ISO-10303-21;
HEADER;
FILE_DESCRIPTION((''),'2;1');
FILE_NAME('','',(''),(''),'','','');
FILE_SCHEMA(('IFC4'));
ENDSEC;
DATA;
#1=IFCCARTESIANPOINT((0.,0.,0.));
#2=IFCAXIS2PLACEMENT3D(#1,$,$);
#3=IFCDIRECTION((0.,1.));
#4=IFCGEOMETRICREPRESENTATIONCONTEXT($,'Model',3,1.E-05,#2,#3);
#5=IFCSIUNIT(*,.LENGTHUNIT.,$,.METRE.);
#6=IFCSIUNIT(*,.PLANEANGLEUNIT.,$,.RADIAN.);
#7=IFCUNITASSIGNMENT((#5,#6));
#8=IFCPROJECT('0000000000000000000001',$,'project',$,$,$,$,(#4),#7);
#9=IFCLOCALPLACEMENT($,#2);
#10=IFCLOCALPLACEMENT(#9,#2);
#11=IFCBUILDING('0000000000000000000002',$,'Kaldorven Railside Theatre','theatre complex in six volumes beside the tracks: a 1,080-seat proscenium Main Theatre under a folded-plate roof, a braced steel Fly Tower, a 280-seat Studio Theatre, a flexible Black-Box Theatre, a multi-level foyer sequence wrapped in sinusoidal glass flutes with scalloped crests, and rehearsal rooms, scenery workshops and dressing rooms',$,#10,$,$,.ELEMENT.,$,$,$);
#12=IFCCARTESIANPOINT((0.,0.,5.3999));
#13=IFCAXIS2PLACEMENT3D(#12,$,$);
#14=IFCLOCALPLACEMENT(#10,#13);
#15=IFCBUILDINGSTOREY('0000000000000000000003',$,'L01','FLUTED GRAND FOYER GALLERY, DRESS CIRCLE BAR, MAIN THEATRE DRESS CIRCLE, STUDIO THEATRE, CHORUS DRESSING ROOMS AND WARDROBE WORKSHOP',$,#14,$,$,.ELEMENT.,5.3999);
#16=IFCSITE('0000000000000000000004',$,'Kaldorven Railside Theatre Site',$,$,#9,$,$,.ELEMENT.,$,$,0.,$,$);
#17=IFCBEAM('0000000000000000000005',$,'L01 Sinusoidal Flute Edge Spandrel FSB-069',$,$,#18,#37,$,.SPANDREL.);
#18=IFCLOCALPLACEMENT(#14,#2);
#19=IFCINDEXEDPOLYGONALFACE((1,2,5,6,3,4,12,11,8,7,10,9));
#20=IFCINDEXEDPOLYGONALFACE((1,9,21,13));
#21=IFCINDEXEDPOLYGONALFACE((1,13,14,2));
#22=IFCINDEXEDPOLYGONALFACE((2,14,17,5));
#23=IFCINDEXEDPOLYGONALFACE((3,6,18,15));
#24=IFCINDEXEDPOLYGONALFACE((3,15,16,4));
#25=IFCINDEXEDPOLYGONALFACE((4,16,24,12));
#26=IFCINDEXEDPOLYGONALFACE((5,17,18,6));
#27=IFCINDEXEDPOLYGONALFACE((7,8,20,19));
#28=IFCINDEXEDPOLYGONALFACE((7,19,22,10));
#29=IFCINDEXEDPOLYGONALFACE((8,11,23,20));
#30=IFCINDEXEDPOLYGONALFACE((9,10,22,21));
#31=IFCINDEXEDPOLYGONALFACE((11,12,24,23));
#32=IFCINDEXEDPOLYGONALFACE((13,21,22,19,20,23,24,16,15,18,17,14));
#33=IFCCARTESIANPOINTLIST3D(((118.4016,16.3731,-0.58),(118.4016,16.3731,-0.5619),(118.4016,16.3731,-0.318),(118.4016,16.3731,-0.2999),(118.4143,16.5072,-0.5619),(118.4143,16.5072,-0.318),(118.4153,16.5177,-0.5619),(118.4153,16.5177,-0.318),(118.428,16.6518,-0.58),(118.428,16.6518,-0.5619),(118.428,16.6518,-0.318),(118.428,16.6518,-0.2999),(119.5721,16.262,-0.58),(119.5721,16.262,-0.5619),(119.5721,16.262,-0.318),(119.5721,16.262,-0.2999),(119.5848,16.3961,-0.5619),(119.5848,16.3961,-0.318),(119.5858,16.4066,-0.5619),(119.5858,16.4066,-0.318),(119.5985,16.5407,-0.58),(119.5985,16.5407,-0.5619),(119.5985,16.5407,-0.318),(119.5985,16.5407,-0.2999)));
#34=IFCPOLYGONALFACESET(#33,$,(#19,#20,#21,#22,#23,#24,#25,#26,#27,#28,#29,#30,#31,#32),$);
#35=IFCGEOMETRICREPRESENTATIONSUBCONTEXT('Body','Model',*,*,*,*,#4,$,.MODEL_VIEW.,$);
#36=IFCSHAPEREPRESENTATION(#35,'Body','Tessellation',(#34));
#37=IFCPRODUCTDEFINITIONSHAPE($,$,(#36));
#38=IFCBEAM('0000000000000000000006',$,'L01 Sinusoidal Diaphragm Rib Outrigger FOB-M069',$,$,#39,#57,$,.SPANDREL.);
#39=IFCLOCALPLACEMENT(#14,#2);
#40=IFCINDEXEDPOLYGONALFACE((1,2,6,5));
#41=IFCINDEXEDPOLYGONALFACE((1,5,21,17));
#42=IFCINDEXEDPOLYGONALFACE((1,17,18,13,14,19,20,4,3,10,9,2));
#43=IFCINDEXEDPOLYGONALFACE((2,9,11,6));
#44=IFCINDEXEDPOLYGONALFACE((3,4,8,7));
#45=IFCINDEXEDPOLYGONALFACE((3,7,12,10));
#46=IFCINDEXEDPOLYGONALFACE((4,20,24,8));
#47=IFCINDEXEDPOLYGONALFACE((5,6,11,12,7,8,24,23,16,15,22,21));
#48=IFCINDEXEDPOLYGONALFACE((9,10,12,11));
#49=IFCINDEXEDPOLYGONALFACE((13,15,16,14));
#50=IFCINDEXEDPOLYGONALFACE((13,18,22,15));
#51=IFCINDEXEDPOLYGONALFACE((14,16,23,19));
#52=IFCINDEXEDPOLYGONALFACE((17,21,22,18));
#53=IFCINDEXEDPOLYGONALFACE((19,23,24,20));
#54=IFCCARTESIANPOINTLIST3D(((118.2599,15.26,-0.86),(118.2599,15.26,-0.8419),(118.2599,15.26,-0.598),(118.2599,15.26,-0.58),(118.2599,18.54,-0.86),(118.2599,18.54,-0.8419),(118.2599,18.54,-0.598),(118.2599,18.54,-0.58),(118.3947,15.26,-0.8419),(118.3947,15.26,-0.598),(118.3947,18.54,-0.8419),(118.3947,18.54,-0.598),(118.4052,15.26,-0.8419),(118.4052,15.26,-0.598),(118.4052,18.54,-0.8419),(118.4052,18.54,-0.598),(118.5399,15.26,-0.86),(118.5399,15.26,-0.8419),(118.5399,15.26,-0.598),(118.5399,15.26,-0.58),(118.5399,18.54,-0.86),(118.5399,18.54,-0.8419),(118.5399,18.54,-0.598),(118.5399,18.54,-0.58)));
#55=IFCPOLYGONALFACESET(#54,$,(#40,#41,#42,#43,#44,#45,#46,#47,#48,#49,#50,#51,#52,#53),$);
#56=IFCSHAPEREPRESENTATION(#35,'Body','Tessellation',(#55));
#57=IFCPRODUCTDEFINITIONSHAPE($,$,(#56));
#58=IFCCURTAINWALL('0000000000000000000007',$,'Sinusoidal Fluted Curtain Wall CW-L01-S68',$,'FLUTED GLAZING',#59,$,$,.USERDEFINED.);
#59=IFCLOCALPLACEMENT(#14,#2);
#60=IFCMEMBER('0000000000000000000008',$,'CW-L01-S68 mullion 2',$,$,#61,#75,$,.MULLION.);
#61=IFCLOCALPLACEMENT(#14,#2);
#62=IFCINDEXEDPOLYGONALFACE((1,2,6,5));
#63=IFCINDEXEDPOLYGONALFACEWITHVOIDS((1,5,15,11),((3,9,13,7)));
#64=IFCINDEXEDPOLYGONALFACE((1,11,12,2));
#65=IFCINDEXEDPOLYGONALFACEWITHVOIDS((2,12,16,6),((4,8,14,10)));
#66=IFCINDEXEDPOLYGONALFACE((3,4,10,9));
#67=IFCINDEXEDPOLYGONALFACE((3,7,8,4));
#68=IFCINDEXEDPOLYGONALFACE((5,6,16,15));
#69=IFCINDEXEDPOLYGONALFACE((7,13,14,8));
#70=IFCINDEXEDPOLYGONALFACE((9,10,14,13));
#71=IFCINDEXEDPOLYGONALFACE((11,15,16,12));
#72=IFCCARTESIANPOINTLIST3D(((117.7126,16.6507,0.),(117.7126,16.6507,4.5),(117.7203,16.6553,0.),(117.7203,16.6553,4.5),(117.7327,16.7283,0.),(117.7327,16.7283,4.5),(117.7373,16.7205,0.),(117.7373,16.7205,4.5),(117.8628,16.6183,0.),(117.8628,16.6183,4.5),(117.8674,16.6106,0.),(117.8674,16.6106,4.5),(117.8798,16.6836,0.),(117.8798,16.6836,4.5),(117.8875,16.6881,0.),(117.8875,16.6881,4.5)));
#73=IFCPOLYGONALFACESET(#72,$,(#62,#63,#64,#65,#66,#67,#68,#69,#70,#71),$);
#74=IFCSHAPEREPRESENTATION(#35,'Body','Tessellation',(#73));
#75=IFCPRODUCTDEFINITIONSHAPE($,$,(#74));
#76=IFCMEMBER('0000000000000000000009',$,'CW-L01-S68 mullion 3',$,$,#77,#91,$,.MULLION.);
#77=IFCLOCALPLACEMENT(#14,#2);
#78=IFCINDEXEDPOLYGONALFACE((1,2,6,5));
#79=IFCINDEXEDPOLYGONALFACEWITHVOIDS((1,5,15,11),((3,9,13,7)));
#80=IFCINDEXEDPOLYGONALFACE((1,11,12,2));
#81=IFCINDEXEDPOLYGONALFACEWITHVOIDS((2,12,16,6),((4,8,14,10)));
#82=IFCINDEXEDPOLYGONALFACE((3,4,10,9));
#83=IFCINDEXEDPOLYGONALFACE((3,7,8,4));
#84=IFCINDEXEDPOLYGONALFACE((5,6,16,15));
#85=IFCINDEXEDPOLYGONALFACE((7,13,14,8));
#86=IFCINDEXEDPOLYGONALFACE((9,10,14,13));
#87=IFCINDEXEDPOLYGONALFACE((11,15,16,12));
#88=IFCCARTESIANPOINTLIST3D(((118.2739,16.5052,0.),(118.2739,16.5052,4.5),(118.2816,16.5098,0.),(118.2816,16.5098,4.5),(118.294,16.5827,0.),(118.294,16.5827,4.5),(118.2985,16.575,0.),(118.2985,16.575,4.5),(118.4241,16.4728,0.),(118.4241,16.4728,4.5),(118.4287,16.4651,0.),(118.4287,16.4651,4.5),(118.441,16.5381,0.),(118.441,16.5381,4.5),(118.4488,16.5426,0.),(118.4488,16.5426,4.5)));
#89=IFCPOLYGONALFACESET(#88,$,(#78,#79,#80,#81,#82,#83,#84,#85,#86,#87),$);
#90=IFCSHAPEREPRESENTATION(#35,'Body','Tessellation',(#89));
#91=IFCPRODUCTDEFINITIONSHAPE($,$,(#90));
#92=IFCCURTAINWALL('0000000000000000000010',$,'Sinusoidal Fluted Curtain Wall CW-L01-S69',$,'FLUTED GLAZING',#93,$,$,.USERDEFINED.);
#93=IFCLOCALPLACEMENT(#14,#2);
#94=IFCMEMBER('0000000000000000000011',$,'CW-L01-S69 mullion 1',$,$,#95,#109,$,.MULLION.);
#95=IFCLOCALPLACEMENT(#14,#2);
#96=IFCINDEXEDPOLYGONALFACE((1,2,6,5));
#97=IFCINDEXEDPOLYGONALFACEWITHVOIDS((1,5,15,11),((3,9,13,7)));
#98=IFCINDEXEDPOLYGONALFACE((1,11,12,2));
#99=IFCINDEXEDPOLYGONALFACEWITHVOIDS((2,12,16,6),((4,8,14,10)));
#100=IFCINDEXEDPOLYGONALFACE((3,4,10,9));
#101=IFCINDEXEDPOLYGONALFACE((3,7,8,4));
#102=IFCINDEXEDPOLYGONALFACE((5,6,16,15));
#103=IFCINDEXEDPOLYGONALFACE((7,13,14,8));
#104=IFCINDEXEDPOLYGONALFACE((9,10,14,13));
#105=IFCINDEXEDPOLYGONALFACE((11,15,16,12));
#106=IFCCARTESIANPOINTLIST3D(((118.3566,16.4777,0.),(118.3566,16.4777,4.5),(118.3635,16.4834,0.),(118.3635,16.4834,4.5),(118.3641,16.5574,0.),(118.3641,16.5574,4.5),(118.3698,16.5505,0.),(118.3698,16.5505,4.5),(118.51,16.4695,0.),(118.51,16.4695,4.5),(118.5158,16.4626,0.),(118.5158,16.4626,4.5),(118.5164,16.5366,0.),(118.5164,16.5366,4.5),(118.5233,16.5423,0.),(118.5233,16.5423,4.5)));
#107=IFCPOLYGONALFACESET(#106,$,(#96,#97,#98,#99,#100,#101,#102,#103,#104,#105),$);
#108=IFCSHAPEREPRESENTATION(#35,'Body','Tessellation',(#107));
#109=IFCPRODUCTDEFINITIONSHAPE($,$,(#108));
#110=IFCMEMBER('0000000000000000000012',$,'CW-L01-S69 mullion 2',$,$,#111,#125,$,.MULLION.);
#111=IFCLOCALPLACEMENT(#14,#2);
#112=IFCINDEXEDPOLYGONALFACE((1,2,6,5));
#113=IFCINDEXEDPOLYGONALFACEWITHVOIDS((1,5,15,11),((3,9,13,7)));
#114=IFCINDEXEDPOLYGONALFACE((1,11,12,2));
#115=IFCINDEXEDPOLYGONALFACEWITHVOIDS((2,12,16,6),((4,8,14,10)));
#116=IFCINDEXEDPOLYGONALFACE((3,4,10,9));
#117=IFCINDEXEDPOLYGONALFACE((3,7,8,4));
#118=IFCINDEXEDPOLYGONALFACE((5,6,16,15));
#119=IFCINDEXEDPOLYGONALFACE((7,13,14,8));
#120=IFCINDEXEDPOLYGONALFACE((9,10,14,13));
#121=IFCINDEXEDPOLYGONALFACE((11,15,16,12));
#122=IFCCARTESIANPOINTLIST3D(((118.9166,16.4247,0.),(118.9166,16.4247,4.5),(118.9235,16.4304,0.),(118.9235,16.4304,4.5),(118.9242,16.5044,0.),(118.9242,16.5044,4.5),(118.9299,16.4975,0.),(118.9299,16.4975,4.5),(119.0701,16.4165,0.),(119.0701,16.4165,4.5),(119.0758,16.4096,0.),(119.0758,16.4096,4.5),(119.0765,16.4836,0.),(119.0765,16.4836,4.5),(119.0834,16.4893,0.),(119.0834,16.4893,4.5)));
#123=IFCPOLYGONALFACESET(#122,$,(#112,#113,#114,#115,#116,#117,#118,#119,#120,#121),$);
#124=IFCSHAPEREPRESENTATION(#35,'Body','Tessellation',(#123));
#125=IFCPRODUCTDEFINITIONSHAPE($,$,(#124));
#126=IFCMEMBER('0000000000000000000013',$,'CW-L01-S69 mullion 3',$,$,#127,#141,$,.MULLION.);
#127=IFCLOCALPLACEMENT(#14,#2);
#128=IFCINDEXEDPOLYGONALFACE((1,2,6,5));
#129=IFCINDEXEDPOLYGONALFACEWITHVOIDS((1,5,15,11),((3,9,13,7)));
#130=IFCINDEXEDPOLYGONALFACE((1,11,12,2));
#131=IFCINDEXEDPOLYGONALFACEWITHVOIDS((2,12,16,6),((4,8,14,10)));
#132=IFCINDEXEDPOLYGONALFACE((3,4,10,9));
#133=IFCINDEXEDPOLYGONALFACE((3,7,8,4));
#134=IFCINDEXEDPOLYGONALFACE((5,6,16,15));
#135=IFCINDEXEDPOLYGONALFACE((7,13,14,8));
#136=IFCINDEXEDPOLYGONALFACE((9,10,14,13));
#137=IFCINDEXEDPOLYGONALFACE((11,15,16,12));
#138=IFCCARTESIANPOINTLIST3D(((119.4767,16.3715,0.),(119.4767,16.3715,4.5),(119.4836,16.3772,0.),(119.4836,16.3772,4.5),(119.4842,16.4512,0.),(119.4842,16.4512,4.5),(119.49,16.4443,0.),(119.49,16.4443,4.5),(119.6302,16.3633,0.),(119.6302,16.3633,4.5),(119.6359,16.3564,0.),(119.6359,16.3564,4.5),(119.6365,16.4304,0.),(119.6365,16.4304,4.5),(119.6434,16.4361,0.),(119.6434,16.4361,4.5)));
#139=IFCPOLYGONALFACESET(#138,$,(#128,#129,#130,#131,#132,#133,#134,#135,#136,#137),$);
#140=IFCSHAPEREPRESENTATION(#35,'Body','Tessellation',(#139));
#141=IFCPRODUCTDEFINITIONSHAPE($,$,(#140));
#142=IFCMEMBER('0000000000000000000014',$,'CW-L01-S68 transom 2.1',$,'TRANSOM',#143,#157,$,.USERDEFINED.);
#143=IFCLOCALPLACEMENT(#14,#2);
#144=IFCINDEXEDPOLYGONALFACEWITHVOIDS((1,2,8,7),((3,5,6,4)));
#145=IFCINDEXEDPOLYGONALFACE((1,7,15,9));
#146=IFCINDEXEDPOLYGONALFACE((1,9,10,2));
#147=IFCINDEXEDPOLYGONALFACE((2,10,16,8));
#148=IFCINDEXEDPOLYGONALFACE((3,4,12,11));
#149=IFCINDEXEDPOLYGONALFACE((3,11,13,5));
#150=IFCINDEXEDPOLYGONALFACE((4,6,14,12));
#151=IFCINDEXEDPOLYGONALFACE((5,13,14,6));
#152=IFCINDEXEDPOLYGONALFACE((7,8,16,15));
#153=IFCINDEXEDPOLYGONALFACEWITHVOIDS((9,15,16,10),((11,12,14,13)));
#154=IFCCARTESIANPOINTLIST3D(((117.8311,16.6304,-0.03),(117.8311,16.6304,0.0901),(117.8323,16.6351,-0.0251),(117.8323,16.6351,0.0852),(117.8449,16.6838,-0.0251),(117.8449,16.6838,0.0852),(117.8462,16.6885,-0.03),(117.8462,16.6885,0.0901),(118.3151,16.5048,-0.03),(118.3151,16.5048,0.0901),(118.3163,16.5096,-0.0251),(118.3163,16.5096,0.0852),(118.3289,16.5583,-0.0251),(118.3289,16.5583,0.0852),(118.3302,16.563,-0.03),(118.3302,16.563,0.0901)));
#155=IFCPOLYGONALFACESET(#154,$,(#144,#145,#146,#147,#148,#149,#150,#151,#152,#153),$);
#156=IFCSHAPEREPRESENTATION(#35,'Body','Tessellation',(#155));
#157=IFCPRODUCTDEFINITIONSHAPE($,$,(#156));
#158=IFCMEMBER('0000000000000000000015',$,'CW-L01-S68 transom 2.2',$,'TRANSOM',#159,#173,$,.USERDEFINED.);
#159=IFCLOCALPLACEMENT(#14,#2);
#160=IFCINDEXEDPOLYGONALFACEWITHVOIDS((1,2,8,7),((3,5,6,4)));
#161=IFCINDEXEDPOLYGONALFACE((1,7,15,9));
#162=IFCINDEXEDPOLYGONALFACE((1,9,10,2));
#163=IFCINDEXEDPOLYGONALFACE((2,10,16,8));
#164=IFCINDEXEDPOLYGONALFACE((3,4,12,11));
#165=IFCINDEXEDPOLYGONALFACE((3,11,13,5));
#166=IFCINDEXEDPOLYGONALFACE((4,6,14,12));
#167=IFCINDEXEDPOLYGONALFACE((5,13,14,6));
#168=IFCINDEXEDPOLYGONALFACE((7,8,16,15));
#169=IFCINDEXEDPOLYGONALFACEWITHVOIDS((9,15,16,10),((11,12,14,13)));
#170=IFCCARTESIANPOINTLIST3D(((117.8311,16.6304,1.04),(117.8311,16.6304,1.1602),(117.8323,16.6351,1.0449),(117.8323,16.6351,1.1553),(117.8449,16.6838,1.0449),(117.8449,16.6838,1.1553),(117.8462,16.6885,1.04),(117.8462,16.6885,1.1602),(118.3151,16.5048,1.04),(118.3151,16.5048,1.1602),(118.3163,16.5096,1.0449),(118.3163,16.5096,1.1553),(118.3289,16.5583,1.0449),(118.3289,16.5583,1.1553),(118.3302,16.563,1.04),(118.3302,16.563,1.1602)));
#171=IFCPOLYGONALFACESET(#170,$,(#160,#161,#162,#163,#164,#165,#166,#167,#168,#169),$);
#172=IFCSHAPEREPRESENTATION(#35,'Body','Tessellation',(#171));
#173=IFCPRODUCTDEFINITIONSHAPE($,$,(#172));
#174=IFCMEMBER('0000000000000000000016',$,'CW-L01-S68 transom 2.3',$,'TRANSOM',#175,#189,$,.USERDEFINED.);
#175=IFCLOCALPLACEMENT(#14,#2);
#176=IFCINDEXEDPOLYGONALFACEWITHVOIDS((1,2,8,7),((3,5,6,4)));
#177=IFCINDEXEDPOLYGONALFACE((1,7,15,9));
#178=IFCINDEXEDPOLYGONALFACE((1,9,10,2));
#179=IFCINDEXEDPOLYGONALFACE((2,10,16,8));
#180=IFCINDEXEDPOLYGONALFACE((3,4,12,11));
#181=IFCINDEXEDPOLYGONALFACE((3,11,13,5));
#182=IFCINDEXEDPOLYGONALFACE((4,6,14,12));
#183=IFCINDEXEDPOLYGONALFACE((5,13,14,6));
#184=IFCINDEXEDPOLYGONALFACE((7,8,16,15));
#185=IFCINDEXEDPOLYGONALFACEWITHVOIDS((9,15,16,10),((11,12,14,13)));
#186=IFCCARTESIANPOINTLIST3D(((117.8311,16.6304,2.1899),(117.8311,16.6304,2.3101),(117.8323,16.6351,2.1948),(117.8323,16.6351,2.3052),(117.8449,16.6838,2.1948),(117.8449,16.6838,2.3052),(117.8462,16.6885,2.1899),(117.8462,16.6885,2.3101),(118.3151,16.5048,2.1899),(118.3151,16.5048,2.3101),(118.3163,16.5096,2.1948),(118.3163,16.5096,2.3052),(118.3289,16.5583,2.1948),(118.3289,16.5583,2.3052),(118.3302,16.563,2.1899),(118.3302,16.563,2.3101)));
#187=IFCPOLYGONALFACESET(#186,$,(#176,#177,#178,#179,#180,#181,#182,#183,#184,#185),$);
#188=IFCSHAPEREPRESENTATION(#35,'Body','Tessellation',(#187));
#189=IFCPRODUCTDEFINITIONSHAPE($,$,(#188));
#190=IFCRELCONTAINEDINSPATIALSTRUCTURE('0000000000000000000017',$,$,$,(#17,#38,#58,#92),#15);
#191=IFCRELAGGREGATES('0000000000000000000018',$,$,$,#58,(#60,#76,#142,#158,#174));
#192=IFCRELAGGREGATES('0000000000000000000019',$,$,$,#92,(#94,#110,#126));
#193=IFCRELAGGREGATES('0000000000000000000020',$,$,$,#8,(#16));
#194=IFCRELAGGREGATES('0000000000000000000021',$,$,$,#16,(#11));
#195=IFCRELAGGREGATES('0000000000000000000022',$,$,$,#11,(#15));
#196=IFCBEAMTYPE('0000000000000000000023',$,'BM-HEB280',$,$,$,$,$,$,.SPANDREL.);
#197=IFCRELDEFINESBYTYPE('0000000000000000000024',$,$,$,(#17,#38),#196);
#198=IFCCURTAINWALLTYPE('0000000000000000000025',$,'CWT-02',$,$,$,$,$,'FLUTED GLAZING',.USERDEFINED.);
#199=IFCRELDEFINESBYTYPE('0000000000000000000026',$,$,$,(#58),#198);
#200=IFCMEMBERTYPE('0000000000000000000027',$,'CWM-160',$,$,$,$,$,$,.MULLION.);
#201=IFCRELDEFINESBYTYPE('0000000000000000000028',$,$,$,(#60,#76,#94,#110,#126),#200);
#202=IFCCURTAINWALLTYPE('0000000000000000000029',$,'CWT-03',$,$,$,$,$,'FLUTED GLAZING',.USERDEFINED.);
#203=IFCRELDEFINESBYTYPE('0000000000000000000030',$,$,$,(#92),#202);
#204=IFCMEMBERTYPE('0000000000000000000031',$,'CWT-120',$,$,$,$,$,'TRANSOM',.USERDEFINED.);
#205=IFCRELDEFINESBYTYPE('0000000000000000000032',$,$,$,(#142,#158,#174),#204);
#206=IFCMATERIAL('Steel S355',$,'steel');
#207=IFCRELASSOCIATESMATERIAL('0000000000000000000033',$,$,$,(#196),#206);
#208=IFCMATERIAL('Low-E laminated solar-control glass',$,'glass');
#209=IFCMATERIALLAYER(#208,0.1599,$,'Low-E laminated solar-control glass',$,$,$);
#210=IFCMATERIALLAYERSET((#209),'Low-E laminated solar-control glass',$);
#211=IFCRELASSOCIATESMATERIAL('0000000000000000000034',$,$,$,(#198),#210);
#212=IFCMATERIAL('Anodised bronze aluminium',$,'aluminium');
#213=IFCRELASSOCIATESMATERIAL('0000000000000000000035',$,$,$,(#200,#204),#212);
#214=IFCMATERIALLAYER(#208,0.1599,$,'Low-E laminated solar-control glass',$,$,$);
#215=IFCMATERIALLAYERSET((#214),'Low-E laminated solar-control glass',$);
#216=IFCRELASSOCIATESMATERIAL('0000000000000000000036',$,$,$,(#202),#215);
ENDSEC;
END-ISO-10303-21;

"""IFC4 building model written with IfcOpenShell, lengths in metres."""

from ifc_helpers import new_model, si_unit, direction, frame, origin, origin_2d, place, context, subcontext, project, spatial, hollow_rectangle, i_section, extrude, material, layer, layer_set, material_profile, profile_set, type_object, element, aggregate, save


model = new_model("IFC4")

# Units and contexts
model_context = context("Model", 3, precision=1e-05, world=origin(), true_north=direction((0.0, 1.0)))
body_context = subcontext(model_context, "Body", "Model", "MODEL_VIEW")
ifc_project = project(units=[si_unit("LENGTHUNIT", "METRE"), si_unit("PLANEANGLEUNIT", "RADIAN")], contexts=[model_context])

# Site, building, storey
site_placement = place(None, origin())
site = spatial("IfcSite", under=ifc_project, at=site_placement, Name="Kaldorven Railside Theatre Site", CompositionType="ELEMENT", RefElevation=0.0)
building_placement = place(site_placement, origin())
building = spatial("IfcBuilding", under=site, at=building_placement, Name="Kaldorven Railside Theatre", Description="theatre complex in six volumes beside the tracks: a 1,080-seat proscenium Main Theatre under a folded-plate roof, a braced steel Fly Tower, a 280-seat Studio Theatre, a flexible Black-Box Theatre, a multi-level foyer sequence wrapped in sinusoidal glass flutes with scalloped crests, and rehearsal rooms, scenery workshops and dressing rooms", CompositionType="ELEMENT")
storey_placement = place(building_placement, frame((0.0, 0.0, 5.3999)))
storey = spatial("IfcBuildingStorey", under=building, at=storey_placement, Name="L01", Description="FLUTED GRAND FOYER GALLERY, DRESS CIRCLE BAR, MAIN THEATRE DRESS CIRCLE, STUDIO THEATRE, CHORUS DRESSING ROOMS AND WARDROBE WORKSHOP", CompositionType="ELEMENT", Elevation=5.3999)

# Beams
ifc_material_1 = material(Name="Steel S355", Category="steel")
ifc_material_profile_1 = material_profile(ifc_material_1, i_section(OverallWidth=0.28, OverallDepth=0.28, WebThickness=0.0105, FlangeThickness=0.0181, at=origin_2d()), Name="HEB 280")
ifc_profile_set_1 = profile_set([ifc_material_profile_1], Name="Steel S355")
beam_type = type_object("IfcBeamType", Name="BM-HEB280", PredefinedType="SPANDREL", material=ifc_profile_set_1)
beam_1_placement = place(storey_placement, frame((118.4148, 16.5125, -0.4399), z_axis=(0.995526, -0.094486, 0.0), x_axis=(0.094486, 0.995526, 0.0)))
element("IfcBeam", 1, at=beam_1_placement, inside=storey, type_object=beam_type, Name="L01 Sinusoidal Flute Edge Spandrel FSB-069", PredefinedType="SPANDREL", context=body_context, shape_type="SweptSolid", body=[
    extrude(i_section(OverallWidth=0.28, OverallDepth=0.28, WebThickness=0.0105, FlangeThickness=0.0181, at=origin_2d()), origin(), (0.0, 0.0, 1.0), 1.1758),
])
beam_2_placement = place(storey_placement, frame((118.3999, 15.26, -0.72), z_axis=(0.0, 1.0, 0.0), x_axis=(-1.0, 0.0, 0.0)))
element("IfcBeam", 2, at=beam_2_placement, inside=storey, type_object=beam_type, Name="L01 Sinusoidal Diaphragm Rib Outrigger FOB-M069", PredefinedType="SPANDREL", context=body_context, shape_type="SweptSolid", body=[
    extrude(i_section(OverallWidth=0.28, OverallDepth=0.28, WebThickness=0.0105, FlangeThickness=0.0181, at=origin_2d()), origin(), (0.0, 0.0, 1.0), 3.28),
])

# Curtain walls, members
ifc_material_2 = material(Name="Low-E laminated solar-control glass", Category="glass")
ifc_layer_1 = layer(ifc_material_2, 0.1599, Name="Low-E laminated solar-control glass")
ifc_layer_set_1 = layer_set([ifc_layer_1], Name="Low-E laminated solar-control glass")
curtain_wall_type_1 = type_object("IfcCurtainWallType", Name="CWT-02", ElementType="FLUTED GLAZING", PredefinedType="USERDEFINED", material=ifc_layer_set_1)
curtain_wall_1_placement = place(storey_placement, origin())
curtain_wall_1 = element("IfcCurtainWall", 3, at=curtain_wall_1_placement, inside=storey, type_object=curtain_wall_type_1, Name="Sinusoidal Fluted Curtain Wall CW-L01-S68", ObjectType="FLUTED GLAZING", PredefinedType="USERDEFINED")
ifc_material_3 = material(Name="Anodised bronze aluminium", Category="aluminium")
ifc_material_profile_2 = material_profile(ifc_material_3, hollow_rectangle(XDim=0.0801, YDim=0.1599, WallThickness=0.0063, at=origin_2d()), Name="RHS 160x80x6.3")
ifc_profile_set_2 = profile_set([ifc_material_profile_2], Name="Anodised bronze aluminium")
member_type_1 = type_object("IfcMemberType", Name="CWM-160", PredefinedType="MULLION", material=ifc_profile_set_2)
member_1_placement = place(storey_placement, frame((117.8, 16.6694, 0.0), z_axis=(0.0, 0.0, 1.0), x_axis=(0.250954, 0.967999, 0.0)))
member_1 = element("IfcMember", 4, at=member_1_placement, type_object=member_type_1, Name="CW-L01-S68 mullion 2", PredefinedType="MULLION", context=body_context, shape_type="SweptSolid", body=[
    extrude(hollow_rectangle(XDim=0.0801, YDim=0.1599, WallThickness=0.0063, at=origin_2d()), origin(), (0.0, 0.0, 1.0), 4.5),
])
member_2_placement = place(storey_placement, frame((118.3613, 16.5239, 0.0), z_axis=(0.0, 0.0, 1.0), x_axis=(0.250954, 0.967999, 0.0)))
member_2 = element("IfcMember", 5, at=member_2_placement, type_object=member_type_1, Name="CW-L01-S68 mullion 3", PredefinedType="MULLION", context=body_context, shape_type="SweptSolid", body=[
    extrude(hollow_rectangle(XDim=0.0801, YDim=0.1599, WallThickness=0.0063, at=origin_2d()), origin(), (0.0, 0.0, 1.0), 4.5),
])
ifc_layer_2 = layer(ifc_material_2, 0.1599, Name="Low-E laminated solar-control glass")
ifc_layer_set_2 = layer_set([ifc_layer_2], Name="Low-E laminated solar-control glass")
curtain_wall_type_2 = type_object("IfcCurtainWallType", Name="CWT-03", ElementType="FLUTED GLAZING", PredefinedType="USERDEFINED", material=ifc_layer_set_2)
curtain_wall_2_placement = place(storey_placement, origin())
curtain_wall_2 = element("IfcCurtainWall", 6, at=curtain_wall_2_placement, inside=storey, type_object=curtain_wall_type_2, Name="Sinusoidal Fluted Curtain Wall CW-L01-S69", ObjectType="FLUTED GLAZING", PredefinedType="USERDEFINED")
member_3_placement = place(storey_placement, frame((118.4399, 16.51, 0.0), z_axis=(0.0, 0.0, 1.0), x_axis=(0.094492, 0.995526, 0.0)))
member_3 = element("IfcMember", 7, at=member_3_placement, type_object=member_type_1, Name="CW-L01-S69 mullion 1", PredefinedType="MULLION", context=body_context, shape_type="SweptSolid", body=[
    extrude(hollow_rectangle(XDim=0.0801, YDim=0.1599, WallThickness=0.0063, at=origin_2d()), origin(), (0.0, 0.0, 1.0), 4.5),
])
member_4_placement = place(storey_placement, frame((119.0, 16.457, 0.0), z_axis=(0.0, 0.0, 1.0), x_axis=(0.094492, 0.995526, 0.0)))
member_4 = element("IfcMember", 8, at=member_4_placement, type_object=member_type_1, Name="CW-L01-S69 mullion 2", PredefinedType="MULLION", context=body_context, shape_type="SweptSolid", body=[
    extrude(hollow_rectangle(XDim=0.0801, YDim=0.1599, WallThickness=0.0063, at=origin_2d()), origin(), (0.0, 0.0, 1.0), 4.5),
])
member_5_placement = place(storey_placement, frame((119.5601, 16.4038, 0.0), z_axis=(0.0, 0.0, 1.0), x_axis=(0.094492, 0.995526, 0.0)))
member_5 = element("IfcMember", 9, at=member_5_placement, type_object=member_type_1, Name="CW-L01-S69 mullion 3", PredefinedType="MULLION", context=body_context, shape_type="SweptSolid", body=[
    extrude(hollow_rectangle(XDim=0.0801, YDim=0.1599, WallThickness=0.0063, at=origin_2d()), origin(), (0.0, 0.0, 1.0), 4.5),
])

# Members
ifc_material_profile_3 = material_profile(ifc_material_3, hollow_rectangle(XDim=0.0601, YDim=0.1201, WallThickness=0.0049, at=origin_2d()), Name="RHS 120x60x5")
ifc_profile_set_3 = profile_set([ifc_material_profile_3], Name="Anodised bronze aluminium")
member_type_2 = type_object("IfcMemberType", Name="CWT-120", ElementType="TRANSOM", PredefinedType="USERDEFINED", material=ifc_profile_set_3)
member_6_placement = place(storey_placement, frame((117.8386, 16.6594, 0.03), z_axis=(0.967979, -0.25103, 0.0), x_axis=(0.25103, 0.967979, 0.0)))
member_6 = element("IfcMember", 10, at=member_6_placement, type_object=member_type_2, Name="CW-L01-S68 transom 2.1", ObjectType="TRANSOM", PredefinedType="USERDEFINED", context=body_context, shape_type="SweptSolid", body=[
    extrude(hollow_rectangle(XDim=0.0601, YDim=0.1201, WallThickness=0.0049, at=origin_2d()), origin(), (0.0, 0.0, 1.0), 0.5),
])
member_7_placement = place(storey_placement, frame((117.8386, 16.6594, 1.1001), z_axis=(0.967979, -0.25103, 0.0), x_axis=(0.25103, 0.967979, 0.0)))
member_7 = element("IfcMember", 11, at=member_7_placement, type_object=member_type_2, Name="CW-L01-S68 transom 2.2", ObjectType="TRANSOM", PredefinedType="USERDEFINED", context=body_context, shape_type="SweptSolid", body=[
    extrude(hollow_rectangle(XDim=0.0601, YDim=0.1201, WallThickness=0.0049, at=origin_2d()), origin(), (0.0, 0.0, 1.0), 0.5),
])
member_8_placement = place(storey_placement, frame((117.8386, 16.6594, 2.25), z_axis=(0.967979, -0.25103, 0.0), x_axis=(0.25103, 0.967979, 0.0)))
member_8 = element("IfcMember", 12, at=member_8_placement, type_object=member_type_2, Name="CW-L01-S68 transom 2.3", ObjectType="TRANSOM", PredefinedType="USERDEFINED", context=body_context, shape_type="SweptSolid", body=[
    extrude(hollow_rectangle(XDim=0.0601, YDim=0.1201, WallThickness=0.0049, at=origin_2d()), origin(), (0.0, 0.0, 1.0), 0.5),
])

aggregate(curtain_wall_1, [member_1, member_2, member_6, member_7, member_8])
aggregate(curtain_wall_2, [member_3, member_4, member_5])

save(model, "model.ifc")
